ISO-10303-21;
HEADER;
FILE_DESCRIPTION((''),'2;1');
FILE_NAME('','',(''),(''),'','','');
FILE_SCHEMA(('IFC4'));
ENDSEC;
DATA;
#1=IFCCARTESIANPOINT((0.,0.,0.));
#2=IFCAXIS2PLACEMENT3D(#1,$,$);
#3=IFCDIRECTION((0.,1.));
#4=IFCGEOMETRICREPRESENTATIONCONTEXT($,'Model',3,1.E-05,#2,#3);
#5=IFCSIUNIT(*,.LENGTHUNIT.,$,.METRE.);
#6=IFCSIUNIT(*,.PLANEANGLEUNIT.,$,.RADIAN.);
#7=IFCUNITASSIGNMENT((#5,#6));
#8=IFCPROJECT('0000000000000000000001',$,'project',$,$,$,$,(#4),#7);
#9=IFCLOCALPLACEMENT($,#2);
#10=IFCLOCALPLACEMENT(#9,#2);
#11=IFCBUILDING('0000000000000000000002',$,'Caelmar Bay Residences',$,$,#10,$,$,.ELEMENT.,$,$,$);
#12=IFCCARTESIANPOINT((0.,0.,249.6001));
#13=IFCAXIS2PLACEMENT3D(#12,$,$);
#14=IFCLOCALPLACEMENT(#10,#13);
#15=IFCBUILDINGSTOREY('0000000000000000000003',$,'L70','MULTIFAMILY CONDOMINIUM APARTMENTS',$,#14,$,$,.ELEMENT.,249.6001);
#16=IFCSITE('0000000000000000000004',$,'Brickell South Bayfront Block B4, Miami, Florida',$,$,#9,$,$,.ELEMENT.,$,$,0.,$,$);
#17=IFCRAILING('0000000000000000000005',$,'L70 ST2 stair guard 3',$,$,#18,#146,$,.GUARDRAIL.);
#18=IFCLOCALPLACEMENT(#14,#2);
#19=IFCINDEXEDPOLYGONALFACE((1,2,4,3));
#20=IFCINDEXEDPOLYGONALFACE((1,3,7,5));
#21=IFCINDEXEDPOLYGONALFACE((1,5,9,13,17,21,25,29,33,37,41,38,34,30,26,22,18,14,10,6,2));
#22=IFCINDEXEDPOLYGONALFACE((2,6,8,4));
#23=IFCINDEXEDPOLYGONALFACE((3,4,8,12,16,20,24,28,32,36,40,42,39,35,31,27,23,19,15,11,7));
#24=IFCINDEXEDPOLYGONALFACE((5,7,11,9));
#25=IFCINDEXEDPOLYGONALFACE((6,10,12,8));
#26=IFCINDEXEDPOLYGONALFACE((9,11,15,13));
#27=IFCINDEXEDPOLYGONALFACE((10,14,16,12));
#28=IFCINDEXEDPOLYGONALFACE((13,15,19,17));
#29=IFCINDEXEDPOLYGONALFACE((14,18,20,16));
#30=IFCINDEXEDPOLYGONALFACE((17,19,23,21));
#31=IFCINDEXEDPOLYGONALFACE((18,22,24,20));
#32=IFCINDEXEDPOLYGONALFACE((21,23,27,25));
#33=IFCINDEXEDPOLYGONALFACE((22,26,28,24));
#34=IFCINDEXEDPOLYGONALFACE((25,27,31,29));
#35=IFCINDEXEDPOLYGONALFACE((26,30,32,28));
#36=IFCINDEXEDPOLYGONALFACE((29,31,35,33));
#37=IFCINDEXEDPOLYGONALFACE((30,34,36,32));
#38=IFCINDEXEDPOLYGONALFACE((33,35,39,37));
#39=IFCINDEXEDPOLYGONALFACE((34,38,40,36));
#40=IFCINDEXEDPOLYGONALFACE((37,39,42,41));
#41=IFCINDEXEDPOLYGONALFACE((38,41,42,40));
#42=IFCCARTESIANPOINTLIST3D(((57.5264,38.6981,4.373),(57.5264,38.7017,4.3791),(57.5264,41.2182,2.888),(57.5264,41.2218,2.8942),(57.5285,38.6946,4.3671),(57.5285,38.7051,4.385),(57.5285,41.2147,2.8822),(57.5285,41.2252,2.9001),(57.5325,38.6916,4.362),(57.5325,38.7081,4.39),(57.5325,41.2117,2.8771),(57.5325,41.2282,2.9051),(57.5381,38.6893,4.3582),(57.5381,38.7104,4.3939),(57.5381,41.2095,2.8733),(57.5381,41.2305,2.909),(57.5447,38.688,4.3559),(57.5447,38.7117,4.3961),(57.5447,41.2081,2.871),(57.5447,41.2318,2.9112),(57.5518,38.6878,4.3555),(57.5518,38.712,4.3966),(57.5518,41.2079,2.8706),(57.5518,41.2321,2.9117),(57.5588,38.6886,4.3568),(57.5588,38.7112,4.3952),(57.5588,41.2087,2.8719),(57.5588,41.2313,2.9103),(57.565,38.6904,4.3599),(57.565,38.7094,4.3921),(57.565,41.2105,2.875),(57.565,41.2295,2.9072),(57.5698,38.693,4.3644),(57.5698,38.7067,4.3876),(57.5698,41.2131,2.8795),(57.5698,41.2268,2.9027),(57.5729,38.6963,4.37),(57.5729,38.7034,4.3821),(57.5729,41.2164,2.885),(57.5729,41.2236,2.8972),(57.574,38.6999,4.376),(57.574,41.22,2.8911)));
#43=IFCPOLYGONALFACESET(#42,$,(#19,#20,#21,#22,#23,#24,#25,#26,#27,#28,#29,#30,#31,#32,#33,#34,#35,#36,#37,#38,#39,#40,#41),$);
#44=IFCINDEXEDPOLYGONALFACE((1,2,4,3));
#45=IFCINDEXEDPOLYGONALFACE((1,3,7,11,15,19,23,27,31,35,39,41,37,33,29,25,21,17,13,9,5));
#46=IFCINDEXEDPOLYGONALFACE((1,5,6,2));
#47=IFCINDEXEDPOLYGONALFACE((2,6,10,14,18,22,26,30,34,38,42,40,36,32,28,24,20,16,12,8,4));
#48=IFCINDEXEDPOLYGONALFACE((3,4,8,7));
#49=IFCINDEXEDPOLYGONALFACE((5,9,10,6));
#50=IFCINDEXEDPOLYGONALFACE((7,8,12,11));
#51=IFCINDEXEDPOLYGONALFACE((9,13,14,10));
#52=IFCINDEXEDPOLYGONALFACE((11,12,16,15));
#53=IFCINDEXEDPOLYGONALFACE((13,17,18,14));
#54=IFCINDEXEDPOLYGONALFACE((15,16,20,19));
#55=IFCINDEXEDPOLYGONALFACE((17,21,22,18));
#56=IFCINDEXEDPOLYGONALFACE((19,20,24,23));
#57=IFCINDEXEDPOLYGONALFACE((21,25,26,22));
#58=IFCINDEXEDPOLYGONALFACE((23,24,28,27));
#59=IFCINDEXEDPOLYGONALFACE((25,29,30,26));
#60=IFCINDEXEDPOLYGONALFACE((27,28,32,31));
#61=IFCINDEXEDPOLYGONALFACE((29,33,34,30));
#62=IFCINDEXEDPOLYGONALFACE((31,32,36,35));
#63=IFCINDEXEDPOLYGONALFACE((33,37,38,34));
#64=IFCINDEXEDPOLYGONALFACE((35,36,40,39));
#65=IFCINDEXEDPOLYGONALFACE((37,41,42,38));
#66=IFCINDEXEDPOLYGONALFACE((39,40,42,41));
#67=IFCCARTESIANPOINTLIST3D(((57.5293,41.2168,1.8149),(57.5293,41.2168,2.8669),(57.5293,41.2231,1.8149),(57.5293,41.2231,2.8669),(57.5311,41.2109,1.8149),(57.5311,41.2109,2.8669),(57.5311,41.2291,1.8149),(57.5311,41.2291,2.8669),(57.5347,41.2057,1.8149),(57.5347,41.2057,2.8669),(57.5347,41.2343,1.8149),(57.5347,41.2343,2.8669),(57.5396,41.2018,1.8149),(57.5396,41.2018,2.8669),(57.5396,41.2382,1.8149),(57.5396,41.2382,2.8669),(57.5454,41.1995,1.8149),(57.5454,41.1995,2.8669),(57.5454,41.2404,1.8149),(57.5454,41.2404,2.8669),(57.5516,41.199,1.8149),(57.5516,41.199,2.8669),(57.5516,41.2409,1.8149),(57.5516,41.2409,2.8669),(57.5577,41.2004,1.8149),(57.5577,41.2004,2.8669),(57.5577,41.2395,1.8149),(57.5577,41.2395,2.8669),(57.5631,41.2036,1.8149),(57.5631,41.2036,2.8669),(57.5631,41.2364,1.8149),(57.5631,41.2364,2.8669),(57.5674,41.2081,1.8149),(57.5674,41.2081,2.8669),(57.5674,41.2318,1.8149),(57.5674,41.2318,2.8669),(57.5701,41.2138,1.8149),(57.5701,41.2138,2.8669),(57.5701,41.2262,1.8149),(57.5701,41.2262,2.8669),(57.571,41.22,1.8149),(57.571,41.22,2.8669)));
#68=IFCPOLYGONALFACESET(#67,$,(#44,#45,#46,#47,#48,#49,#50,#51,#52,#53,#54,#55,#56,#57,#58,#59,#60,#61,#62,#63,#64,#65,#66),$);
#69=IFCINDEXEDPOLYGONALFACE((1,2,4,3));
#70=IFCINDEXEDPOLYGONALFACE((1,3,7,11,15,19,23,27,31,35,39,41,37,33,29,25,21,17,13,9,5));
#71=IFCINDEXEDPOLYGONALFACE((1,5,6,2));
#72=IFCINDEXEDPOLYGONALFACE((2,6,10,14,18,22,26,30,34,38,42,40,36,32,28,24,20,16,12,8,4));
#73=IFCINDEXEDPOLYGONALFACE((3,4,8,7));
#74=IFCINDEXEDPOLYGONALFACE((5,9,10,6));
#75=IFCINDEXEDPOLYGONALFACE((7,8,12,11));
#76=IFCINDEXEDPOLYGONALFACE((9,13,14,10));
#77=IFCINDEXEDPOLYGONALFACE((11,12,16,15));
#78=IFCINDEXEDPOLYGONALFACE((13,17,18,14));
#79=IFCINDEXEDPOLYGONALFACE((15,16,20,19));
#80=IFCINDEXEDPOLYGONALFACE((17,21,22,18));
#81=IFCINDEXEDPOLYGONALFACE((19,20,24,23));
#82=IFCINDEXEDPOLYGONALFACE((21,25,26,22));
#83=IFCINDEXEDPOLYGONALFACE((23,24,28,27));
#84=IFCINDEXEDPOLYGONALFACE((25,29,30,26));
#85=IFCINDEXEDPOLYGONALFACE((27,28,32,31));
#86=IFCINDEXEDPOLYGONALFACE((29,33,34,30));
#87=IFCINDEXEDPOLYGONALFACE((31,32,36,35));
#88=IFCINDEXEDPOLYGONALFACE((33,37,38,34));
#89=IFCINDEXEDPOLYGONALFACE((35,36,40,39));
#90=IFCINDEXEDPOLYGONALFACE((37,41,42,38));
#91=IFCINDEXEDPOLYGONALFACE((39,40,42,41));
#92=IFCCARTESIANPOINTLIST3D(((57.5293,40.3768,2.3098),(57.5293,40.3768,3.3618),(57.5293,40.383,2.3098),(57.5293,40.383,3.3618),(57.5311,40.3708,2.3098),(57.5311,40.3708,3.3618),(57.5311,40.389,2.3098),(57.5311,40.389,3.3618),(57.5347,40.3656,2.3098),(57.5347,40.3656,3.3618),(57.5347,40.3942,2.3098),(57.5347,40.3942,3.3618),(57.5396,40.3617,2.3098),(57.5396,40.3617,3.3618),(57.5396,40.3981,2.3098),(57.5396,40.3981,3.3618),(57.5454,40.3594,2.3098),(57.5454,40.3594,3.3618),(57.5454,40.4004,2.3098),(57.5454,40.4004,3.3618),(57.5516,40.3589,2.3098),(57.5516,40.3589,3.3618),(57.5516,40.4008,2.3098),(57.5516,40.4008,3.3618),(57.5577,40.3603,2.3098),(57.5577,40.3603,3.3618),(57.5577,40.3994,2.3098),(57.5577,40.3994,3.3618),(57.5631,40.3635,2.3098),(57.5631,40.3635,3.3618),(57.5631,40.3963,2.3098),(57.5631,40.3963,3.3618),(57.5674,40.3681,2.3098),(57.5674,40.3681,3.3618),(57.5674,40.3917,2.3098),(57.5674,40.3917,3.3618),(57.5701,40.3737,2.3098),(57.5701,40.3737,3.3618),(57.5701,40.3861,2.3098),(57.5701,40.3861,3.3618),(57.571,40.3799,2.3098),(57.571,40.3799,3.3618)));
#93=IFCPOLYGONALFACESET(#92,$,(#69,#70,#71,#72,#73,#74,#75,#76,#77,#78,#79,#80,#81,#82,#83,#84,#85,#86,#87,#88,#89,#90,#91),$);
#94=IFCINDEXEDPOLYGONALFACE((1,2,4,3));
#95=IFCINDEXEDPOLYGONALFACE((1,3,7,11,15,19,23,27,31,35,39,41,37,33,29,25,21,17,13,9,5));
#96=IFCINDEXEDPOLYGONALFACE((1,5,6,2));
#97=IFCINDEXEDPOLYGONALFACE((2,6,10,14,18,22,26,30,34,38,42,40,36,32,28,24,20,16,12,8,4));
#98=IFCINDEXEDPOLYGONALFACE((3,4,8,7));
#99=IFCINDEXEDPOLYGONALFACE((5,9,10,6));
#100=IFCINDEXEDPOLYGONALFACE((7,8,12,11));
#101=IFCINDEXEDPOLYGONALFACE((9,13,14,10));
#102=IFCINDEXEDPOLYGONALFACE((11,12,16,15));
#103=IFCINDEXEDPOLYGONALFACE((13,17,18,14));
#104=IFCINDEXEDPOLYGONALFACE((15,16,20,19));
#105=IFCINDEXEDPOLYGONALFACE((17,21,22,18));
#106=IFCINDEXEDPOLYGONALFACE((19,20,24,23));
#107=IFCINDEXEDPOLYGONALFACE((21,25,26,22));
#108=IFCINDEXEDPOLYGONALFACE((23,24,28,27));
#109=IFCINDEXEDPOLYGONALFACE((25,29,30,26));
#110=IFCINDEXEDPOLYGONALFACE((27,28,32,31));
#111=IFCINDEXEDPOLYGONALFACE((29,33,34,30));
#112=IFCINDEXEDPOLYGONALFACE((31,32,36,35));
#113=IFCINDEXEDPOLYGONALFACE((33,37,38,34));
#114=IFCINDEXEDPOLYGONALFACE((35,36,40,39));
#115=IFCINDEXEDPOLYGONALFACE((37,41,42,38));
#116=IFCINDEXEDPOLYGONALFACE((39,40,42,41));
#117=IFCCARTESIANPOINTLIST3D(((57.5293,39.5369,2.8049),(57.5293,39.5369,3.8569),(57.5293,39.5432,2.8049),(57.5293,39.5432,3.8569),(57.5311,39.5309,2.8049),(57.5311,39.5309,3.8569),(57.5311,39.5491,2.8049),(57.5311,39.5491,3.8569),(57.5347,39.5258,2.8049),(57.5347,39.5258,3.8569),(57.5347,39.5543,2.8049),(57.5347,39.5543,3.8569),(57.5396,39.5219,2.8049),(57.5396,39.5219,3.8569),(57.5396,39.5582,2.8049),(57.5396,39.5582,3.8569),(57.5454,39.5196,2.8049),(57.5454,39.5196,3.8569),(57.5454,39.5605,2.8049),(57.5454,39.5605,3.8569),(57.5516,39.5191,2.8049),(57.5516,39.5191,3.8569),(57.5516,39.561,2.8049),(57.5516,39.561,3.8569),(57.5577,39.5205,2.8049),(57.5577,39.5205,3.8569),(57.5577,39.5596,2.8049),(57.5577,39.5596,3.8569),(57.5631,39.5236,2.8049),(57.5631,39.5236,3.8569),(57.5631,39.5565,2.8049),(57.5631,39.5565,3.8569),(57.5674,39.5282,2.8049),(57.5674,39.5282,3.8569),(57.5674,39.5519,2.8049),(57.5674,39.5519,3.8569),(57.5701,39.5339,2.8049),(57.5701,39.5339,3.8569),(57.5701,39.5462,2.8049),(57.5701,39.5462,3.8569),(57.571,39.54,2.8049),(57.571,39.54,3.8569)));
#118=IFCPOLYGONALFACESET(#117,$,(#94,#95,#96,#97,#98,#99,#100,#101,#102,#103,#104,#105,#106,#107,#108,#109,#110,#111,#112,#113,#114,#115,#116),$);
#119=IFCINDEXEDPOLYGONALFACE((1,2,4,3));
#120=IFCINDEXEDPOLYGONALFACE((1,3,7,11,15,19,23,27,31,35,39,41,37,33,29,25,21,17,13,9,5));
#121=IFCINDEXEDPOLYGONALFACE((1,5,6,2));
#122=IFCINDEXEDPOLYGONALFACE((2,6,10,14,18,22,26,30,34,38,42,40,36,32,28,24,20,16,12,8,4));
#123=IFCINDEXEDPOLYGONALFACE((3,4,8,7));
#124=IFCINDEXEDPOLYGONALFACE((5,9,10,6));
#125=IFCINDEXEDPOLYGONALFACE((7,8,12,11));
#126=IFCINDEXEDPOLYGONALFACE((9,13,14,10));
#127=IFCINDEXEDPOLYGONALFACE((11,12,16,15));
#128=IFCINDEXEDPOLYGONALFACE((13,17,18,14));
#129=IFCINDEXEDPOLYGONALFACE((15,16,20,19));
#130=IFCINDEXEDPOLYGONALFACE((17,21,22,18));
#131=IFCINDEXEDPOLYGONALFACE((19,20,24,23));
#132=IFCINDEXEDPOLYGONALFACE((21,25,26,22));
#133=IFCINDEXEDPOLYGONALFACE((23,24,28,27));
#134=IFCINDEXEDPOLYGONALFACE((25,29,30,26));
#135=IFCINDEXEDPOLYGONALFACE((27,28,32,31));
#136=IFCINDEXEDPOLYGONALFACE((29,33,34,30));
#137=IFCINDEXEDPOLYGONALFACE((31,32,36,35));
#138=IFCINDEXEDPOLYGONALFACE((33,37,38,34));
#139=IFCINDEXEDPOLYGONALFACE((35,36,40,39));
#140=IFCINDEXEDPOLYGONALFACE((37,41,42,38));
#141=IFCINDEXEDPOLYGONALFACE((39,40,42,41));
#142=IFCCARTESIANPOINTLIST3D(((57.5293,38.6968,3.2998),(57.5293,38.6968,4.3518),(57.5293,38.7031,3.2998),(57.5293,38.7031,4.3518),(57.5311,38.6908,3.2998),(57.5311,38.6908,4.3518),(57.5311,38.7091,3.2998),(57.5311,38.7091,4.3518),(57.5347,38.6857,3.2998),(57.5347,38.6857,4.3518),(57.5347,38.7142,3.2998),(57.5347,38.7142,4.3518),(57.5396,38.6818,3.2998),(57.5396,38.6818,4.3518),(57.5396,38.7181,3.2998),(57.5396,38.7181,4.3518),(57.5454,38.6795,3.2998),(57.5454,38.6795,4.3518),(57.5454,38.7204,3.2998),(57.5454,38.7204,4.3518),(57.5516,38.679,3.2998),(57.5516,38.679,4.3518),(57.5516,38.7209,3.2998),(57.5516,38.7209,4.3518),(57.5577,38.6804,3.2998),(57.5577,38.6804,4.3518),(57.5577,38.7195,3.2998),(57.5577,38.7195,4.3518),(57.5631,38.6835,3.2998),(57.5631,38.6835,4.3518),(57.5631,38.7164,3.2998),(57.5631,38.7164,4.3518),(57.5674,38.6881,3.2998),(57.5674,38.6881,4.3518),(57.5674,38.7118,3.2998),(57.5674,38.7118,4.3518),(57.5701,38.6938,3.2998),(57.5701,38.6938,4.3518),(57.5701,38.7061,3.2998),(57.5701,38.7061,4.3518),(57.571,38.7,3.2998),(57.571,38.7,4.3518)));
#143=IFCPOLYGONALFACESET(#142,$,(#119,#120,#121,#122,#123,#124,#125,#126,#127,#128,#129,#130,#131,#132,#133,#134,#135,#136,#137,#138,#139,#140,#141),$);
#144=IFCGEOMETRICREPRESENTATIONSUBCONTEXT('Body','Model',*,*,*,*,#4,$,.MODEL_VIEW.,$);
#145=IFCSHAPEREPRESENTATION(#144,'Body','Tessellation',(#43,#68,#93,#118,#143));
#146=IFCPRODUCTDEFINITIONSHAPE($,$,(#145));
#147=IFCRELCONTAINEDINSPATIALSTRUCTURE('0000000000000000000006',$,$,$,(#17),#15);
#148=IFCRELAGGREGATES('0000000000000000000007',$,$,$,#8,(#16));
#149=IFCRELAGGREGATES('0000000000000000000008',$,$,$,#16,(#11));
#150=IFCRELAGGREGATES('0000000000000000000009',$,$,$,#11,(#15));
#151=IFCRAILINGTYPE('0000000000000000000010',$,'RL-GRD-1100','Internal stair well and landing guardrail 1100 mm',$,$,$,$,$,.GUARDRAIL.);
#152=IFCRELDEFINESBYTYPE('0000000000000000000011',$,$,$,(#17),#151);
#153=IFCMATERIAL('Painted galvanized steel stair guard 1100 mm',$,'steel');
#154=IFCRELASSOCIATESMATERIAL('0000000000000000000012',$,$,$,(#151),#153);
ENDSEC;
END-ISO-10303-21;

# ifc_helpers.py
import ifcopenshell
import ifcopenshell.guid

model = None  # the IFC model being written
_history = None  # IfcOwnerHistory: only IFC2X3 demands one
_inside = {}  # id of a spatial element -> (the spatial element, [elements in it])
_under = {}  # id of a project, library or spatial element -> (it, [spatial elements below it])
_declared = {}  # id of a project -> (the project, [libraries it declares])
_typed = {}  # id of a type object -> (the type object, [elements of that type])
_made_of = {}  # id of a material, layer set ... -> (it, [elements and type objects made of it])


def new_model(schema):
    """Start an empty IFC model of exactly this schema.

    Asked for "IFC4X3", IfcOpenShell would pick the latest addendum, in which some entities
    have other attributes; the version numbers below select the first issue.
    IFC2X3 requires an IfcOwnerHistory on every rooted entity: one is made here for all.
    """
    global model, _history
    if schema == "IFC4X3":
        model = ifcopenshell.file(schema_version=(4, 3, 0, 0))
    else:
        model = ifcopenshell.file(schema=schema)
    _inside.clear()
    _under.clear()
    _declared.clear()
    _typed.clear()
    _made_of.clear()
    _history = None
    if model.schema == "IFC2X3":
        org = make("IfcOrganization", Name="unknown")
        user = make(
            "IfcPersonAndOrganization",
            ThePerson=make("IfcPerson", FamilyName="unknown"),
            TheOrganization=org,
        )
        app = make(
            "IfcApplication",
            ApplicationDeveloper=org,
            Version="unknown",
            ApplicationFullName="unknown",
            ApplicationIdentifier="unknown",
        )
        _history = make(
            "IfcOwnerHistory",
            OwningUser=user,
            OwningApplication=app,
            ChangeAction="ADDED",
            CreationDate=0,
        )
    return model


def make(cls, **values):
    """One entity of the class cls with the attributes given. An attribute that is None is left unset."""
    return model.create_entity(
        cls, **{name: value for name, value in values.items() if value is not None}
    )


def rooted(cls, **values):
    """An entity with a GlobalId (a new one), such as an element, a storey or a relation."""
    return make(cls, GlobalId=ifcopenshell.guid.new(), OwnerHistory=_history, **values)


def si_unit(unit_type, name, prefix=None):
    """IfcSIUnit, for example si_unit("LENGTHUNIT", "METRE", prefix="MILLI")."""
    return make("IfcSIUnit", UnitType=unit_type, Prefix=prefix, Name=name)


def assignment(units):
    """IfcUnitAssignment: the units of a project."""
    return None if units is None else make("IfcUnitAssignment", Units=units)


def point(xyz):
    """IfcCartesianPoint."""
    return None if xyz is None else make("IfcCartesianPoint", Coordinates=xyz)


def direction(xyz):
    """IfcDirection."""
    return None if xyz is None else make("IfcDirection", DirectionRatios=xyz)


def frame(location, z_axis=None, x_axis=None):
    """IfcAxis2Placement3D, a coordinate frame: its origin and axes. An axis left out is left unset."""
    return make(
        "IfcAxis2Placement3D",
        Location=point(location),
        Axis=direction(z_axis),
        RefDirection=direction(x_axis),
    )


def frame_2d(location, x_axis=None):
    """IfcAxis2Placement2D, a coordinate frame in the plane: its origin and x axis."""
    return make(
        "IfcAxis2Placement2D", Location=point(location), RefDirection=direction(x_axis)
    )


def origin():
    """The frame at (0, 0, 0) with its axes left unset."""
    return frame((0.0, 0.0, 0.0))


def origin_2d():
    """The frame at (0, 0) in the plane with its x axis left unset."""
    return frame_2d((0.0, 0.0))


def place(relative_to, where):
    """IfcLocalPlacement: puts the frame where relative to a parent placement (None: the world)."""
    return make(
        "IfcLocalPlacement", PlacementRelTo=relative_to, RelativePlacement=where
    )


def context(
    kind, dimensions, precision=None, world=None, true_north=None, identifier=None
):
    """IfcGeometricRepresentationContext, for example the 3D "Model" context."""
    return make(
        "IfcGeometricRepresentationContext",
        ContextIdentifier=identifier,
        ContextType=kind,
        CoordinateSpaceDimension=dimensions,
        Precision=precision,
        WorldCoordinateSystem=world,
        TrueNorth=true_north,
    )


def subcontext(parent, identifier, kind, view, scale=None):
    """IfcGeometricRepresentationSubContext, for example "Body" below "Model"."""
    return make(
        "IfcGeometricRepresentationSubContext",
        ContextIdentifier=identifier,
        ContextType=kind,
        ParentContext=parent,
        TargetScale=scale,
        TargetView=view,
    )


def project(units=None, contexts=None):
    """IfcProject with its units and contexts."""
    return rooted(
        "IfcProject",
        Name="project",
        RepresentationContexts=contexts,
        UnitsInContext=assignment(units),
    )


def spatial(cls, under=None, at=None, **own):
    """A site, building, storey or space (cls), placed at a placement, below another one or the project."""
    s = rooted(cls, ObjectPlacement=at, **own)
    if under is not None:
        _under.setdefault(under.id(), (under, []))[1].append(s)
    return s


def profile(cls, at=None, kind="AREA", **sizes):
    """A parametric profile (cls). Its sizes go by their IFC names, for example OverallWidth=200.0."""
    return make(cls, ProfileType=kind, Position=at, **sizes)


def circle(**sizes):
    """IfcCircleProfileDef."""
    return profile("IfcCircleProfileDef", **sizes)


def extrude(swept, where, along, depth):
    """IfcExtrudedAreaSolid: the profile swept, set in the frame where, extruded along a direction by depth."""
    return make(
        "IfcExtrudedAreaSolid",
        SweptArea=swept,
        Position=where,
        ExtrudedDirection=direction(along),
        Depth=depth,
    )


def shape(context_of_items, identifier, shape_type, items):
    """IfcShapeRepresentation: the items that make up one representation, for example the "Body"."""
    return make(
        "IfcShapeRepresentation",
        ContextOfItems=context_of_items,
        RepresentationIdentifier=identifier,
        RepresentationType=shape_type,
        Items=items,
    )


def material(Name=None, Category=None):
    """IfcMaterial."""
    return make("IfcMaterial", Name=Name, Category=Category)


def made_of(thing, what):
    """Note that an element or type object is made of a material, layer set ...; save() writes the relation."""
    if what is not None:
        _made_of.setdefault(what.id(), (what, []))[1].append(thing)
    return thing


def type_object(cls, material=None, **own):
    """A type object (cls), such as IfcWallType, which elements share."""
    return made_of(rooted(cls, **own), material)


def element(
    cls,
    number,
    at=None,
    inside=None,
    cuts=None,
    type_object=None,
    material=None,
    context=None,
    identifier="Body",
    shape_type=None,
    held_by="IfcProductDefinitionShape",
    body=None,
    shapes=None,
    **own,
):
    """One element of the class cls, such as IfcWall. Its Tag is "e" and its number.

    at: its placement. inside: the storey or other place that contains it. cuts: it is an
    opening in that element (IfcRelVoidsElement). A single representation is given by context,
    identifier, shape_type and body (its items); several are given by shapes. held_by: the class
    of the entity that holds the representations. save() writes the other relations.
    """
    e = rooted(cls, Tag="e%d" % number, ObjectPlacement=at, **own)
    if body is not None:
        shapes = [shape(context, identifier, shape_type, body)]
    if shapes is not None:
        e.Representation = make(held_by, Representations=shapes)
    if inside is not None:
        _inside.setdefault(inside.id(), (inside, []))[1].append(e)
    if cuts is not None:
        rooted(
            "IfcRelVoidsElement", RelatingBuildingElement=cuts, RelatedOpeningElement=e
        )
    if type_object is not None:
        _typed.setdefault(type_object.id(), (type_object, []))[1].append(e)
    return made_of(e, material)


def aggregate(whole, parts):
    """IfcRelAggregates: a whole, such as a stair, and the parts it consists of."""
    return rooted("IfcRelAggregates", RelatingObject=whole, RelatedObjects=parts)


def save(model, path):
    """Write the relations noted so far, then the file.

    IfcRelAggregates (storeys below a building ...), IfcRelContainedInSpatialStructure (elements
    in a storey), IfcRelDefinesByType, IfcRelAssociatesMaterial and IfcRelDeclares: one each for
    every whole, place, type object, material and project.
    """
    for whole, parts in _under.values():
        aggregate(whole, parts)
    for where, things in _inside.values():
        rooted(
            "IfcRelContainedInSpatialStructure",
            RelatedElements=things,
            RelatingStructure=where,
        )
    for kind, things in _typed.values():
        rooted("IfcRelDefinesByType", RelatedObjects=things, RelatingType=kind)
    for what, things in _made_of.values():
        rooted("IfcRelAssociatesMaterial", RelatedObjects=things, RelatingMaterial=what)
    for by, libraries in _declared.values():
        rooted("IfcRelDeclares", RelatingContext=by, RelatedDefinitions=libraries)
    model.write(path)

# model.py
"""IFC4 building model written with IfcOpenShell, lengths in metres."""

from ifc_helpers import new_model, si_unit, direction, frame, origin, origin_2d, place, context, subcontext, project, spatial, circle, extrude, material, type_object, element, save


model = new_model("IFC4")

# Units and contexts
model_context = context("Model", 3, precision=1e-05, world=origin(), true_north=direction((0.0, 1.0)))
body_context = subcontext(model_context, "Body", "Model", "MODEL_VIEW")
ifc_project = project(units=[si_unit("LENGTHUNIT", "METRE"), si_unit("PLANEANGLEUNIT", "RADIAN")], contexts=[model_context])

# Site, building, storey
site_placement = place(None, origin())
site = spatial("IfcSite", under=ifc_project, at=site_placement, Name="Brickell South Bayfront Block B4, Miami, Florida", CompositionType="ELEMENT", RefElevation=0.0)
building_placement = place(site_placement, origin())
building = spatial("IfcBuilding", under=site, at=building_placement, Name="Caelmar Bay Residences", CompositionType="ELEMENT")
storey_placement = place(building_placement, frame((0.0, 0.0, 249.6001)))
storey = spatial("IfcBuildingStorey", under=building, at=storey_placement, Name="L70", Description="MULTIFAMILY CONDOMINIUM APARTMENTS", CompositionType="ELEMENT", Elevation=249.6001)

# Railing
ifc_material_1 = material(Name="Painted galvanized steel stair guard 1100 mm", Category="steel")
railing_type_1 = type_object("IfcRailingType", Name="RL-GRD-1100", Description="Internal stair well and landing guardrail 1100 mm", PredefinedType="GUARDRAIL", material=ifc_material_1)
railing_1_placement = place(storey_placement, frame((57.55, 41.22, 1.8149)))
element("IfcRailing", 1, at=railing_1_placement, inside=storey, type_object=railing_type_1, Name="L70 ST2 stair guard 3", PredefinedType="GUARDRAIL", context=body_context, shape_type="SweptSolid", body=[
    extrude(circle(Radius=0.0239, at=origin_2d()), frame((0.0, 0.0, 1.0762), z_axis=(0.0, -0.861561, 0.507655), x_axis=(1.0, 0.0, 0.0)), (0.0, 0.0, 1.0), 2.925),
    extrude(circle(Radius=0.021, at=origin_2d()), origin(), (0.0, 0.0, 1.0), 1.052),
    extrude(circle(Radius=0.021, at=origin_2d()), frame((0.0, -0.8401, 0.4949)), (0.0, 0.0, 1.0), 1.052),
    extrude(circle(Radius=0.021, at=origin_2d()), frame((0.0, -1.6799, 0.99)), (0.0, 0.0, 1.0), 1.052),
    extrude(circle(Radius=0.021, at=origin_2d()), frame((0.0, -2.52, 1.4849)), (0.0, 0.0, 1.0), 1.052),
])

save(model, "model.ifc")
